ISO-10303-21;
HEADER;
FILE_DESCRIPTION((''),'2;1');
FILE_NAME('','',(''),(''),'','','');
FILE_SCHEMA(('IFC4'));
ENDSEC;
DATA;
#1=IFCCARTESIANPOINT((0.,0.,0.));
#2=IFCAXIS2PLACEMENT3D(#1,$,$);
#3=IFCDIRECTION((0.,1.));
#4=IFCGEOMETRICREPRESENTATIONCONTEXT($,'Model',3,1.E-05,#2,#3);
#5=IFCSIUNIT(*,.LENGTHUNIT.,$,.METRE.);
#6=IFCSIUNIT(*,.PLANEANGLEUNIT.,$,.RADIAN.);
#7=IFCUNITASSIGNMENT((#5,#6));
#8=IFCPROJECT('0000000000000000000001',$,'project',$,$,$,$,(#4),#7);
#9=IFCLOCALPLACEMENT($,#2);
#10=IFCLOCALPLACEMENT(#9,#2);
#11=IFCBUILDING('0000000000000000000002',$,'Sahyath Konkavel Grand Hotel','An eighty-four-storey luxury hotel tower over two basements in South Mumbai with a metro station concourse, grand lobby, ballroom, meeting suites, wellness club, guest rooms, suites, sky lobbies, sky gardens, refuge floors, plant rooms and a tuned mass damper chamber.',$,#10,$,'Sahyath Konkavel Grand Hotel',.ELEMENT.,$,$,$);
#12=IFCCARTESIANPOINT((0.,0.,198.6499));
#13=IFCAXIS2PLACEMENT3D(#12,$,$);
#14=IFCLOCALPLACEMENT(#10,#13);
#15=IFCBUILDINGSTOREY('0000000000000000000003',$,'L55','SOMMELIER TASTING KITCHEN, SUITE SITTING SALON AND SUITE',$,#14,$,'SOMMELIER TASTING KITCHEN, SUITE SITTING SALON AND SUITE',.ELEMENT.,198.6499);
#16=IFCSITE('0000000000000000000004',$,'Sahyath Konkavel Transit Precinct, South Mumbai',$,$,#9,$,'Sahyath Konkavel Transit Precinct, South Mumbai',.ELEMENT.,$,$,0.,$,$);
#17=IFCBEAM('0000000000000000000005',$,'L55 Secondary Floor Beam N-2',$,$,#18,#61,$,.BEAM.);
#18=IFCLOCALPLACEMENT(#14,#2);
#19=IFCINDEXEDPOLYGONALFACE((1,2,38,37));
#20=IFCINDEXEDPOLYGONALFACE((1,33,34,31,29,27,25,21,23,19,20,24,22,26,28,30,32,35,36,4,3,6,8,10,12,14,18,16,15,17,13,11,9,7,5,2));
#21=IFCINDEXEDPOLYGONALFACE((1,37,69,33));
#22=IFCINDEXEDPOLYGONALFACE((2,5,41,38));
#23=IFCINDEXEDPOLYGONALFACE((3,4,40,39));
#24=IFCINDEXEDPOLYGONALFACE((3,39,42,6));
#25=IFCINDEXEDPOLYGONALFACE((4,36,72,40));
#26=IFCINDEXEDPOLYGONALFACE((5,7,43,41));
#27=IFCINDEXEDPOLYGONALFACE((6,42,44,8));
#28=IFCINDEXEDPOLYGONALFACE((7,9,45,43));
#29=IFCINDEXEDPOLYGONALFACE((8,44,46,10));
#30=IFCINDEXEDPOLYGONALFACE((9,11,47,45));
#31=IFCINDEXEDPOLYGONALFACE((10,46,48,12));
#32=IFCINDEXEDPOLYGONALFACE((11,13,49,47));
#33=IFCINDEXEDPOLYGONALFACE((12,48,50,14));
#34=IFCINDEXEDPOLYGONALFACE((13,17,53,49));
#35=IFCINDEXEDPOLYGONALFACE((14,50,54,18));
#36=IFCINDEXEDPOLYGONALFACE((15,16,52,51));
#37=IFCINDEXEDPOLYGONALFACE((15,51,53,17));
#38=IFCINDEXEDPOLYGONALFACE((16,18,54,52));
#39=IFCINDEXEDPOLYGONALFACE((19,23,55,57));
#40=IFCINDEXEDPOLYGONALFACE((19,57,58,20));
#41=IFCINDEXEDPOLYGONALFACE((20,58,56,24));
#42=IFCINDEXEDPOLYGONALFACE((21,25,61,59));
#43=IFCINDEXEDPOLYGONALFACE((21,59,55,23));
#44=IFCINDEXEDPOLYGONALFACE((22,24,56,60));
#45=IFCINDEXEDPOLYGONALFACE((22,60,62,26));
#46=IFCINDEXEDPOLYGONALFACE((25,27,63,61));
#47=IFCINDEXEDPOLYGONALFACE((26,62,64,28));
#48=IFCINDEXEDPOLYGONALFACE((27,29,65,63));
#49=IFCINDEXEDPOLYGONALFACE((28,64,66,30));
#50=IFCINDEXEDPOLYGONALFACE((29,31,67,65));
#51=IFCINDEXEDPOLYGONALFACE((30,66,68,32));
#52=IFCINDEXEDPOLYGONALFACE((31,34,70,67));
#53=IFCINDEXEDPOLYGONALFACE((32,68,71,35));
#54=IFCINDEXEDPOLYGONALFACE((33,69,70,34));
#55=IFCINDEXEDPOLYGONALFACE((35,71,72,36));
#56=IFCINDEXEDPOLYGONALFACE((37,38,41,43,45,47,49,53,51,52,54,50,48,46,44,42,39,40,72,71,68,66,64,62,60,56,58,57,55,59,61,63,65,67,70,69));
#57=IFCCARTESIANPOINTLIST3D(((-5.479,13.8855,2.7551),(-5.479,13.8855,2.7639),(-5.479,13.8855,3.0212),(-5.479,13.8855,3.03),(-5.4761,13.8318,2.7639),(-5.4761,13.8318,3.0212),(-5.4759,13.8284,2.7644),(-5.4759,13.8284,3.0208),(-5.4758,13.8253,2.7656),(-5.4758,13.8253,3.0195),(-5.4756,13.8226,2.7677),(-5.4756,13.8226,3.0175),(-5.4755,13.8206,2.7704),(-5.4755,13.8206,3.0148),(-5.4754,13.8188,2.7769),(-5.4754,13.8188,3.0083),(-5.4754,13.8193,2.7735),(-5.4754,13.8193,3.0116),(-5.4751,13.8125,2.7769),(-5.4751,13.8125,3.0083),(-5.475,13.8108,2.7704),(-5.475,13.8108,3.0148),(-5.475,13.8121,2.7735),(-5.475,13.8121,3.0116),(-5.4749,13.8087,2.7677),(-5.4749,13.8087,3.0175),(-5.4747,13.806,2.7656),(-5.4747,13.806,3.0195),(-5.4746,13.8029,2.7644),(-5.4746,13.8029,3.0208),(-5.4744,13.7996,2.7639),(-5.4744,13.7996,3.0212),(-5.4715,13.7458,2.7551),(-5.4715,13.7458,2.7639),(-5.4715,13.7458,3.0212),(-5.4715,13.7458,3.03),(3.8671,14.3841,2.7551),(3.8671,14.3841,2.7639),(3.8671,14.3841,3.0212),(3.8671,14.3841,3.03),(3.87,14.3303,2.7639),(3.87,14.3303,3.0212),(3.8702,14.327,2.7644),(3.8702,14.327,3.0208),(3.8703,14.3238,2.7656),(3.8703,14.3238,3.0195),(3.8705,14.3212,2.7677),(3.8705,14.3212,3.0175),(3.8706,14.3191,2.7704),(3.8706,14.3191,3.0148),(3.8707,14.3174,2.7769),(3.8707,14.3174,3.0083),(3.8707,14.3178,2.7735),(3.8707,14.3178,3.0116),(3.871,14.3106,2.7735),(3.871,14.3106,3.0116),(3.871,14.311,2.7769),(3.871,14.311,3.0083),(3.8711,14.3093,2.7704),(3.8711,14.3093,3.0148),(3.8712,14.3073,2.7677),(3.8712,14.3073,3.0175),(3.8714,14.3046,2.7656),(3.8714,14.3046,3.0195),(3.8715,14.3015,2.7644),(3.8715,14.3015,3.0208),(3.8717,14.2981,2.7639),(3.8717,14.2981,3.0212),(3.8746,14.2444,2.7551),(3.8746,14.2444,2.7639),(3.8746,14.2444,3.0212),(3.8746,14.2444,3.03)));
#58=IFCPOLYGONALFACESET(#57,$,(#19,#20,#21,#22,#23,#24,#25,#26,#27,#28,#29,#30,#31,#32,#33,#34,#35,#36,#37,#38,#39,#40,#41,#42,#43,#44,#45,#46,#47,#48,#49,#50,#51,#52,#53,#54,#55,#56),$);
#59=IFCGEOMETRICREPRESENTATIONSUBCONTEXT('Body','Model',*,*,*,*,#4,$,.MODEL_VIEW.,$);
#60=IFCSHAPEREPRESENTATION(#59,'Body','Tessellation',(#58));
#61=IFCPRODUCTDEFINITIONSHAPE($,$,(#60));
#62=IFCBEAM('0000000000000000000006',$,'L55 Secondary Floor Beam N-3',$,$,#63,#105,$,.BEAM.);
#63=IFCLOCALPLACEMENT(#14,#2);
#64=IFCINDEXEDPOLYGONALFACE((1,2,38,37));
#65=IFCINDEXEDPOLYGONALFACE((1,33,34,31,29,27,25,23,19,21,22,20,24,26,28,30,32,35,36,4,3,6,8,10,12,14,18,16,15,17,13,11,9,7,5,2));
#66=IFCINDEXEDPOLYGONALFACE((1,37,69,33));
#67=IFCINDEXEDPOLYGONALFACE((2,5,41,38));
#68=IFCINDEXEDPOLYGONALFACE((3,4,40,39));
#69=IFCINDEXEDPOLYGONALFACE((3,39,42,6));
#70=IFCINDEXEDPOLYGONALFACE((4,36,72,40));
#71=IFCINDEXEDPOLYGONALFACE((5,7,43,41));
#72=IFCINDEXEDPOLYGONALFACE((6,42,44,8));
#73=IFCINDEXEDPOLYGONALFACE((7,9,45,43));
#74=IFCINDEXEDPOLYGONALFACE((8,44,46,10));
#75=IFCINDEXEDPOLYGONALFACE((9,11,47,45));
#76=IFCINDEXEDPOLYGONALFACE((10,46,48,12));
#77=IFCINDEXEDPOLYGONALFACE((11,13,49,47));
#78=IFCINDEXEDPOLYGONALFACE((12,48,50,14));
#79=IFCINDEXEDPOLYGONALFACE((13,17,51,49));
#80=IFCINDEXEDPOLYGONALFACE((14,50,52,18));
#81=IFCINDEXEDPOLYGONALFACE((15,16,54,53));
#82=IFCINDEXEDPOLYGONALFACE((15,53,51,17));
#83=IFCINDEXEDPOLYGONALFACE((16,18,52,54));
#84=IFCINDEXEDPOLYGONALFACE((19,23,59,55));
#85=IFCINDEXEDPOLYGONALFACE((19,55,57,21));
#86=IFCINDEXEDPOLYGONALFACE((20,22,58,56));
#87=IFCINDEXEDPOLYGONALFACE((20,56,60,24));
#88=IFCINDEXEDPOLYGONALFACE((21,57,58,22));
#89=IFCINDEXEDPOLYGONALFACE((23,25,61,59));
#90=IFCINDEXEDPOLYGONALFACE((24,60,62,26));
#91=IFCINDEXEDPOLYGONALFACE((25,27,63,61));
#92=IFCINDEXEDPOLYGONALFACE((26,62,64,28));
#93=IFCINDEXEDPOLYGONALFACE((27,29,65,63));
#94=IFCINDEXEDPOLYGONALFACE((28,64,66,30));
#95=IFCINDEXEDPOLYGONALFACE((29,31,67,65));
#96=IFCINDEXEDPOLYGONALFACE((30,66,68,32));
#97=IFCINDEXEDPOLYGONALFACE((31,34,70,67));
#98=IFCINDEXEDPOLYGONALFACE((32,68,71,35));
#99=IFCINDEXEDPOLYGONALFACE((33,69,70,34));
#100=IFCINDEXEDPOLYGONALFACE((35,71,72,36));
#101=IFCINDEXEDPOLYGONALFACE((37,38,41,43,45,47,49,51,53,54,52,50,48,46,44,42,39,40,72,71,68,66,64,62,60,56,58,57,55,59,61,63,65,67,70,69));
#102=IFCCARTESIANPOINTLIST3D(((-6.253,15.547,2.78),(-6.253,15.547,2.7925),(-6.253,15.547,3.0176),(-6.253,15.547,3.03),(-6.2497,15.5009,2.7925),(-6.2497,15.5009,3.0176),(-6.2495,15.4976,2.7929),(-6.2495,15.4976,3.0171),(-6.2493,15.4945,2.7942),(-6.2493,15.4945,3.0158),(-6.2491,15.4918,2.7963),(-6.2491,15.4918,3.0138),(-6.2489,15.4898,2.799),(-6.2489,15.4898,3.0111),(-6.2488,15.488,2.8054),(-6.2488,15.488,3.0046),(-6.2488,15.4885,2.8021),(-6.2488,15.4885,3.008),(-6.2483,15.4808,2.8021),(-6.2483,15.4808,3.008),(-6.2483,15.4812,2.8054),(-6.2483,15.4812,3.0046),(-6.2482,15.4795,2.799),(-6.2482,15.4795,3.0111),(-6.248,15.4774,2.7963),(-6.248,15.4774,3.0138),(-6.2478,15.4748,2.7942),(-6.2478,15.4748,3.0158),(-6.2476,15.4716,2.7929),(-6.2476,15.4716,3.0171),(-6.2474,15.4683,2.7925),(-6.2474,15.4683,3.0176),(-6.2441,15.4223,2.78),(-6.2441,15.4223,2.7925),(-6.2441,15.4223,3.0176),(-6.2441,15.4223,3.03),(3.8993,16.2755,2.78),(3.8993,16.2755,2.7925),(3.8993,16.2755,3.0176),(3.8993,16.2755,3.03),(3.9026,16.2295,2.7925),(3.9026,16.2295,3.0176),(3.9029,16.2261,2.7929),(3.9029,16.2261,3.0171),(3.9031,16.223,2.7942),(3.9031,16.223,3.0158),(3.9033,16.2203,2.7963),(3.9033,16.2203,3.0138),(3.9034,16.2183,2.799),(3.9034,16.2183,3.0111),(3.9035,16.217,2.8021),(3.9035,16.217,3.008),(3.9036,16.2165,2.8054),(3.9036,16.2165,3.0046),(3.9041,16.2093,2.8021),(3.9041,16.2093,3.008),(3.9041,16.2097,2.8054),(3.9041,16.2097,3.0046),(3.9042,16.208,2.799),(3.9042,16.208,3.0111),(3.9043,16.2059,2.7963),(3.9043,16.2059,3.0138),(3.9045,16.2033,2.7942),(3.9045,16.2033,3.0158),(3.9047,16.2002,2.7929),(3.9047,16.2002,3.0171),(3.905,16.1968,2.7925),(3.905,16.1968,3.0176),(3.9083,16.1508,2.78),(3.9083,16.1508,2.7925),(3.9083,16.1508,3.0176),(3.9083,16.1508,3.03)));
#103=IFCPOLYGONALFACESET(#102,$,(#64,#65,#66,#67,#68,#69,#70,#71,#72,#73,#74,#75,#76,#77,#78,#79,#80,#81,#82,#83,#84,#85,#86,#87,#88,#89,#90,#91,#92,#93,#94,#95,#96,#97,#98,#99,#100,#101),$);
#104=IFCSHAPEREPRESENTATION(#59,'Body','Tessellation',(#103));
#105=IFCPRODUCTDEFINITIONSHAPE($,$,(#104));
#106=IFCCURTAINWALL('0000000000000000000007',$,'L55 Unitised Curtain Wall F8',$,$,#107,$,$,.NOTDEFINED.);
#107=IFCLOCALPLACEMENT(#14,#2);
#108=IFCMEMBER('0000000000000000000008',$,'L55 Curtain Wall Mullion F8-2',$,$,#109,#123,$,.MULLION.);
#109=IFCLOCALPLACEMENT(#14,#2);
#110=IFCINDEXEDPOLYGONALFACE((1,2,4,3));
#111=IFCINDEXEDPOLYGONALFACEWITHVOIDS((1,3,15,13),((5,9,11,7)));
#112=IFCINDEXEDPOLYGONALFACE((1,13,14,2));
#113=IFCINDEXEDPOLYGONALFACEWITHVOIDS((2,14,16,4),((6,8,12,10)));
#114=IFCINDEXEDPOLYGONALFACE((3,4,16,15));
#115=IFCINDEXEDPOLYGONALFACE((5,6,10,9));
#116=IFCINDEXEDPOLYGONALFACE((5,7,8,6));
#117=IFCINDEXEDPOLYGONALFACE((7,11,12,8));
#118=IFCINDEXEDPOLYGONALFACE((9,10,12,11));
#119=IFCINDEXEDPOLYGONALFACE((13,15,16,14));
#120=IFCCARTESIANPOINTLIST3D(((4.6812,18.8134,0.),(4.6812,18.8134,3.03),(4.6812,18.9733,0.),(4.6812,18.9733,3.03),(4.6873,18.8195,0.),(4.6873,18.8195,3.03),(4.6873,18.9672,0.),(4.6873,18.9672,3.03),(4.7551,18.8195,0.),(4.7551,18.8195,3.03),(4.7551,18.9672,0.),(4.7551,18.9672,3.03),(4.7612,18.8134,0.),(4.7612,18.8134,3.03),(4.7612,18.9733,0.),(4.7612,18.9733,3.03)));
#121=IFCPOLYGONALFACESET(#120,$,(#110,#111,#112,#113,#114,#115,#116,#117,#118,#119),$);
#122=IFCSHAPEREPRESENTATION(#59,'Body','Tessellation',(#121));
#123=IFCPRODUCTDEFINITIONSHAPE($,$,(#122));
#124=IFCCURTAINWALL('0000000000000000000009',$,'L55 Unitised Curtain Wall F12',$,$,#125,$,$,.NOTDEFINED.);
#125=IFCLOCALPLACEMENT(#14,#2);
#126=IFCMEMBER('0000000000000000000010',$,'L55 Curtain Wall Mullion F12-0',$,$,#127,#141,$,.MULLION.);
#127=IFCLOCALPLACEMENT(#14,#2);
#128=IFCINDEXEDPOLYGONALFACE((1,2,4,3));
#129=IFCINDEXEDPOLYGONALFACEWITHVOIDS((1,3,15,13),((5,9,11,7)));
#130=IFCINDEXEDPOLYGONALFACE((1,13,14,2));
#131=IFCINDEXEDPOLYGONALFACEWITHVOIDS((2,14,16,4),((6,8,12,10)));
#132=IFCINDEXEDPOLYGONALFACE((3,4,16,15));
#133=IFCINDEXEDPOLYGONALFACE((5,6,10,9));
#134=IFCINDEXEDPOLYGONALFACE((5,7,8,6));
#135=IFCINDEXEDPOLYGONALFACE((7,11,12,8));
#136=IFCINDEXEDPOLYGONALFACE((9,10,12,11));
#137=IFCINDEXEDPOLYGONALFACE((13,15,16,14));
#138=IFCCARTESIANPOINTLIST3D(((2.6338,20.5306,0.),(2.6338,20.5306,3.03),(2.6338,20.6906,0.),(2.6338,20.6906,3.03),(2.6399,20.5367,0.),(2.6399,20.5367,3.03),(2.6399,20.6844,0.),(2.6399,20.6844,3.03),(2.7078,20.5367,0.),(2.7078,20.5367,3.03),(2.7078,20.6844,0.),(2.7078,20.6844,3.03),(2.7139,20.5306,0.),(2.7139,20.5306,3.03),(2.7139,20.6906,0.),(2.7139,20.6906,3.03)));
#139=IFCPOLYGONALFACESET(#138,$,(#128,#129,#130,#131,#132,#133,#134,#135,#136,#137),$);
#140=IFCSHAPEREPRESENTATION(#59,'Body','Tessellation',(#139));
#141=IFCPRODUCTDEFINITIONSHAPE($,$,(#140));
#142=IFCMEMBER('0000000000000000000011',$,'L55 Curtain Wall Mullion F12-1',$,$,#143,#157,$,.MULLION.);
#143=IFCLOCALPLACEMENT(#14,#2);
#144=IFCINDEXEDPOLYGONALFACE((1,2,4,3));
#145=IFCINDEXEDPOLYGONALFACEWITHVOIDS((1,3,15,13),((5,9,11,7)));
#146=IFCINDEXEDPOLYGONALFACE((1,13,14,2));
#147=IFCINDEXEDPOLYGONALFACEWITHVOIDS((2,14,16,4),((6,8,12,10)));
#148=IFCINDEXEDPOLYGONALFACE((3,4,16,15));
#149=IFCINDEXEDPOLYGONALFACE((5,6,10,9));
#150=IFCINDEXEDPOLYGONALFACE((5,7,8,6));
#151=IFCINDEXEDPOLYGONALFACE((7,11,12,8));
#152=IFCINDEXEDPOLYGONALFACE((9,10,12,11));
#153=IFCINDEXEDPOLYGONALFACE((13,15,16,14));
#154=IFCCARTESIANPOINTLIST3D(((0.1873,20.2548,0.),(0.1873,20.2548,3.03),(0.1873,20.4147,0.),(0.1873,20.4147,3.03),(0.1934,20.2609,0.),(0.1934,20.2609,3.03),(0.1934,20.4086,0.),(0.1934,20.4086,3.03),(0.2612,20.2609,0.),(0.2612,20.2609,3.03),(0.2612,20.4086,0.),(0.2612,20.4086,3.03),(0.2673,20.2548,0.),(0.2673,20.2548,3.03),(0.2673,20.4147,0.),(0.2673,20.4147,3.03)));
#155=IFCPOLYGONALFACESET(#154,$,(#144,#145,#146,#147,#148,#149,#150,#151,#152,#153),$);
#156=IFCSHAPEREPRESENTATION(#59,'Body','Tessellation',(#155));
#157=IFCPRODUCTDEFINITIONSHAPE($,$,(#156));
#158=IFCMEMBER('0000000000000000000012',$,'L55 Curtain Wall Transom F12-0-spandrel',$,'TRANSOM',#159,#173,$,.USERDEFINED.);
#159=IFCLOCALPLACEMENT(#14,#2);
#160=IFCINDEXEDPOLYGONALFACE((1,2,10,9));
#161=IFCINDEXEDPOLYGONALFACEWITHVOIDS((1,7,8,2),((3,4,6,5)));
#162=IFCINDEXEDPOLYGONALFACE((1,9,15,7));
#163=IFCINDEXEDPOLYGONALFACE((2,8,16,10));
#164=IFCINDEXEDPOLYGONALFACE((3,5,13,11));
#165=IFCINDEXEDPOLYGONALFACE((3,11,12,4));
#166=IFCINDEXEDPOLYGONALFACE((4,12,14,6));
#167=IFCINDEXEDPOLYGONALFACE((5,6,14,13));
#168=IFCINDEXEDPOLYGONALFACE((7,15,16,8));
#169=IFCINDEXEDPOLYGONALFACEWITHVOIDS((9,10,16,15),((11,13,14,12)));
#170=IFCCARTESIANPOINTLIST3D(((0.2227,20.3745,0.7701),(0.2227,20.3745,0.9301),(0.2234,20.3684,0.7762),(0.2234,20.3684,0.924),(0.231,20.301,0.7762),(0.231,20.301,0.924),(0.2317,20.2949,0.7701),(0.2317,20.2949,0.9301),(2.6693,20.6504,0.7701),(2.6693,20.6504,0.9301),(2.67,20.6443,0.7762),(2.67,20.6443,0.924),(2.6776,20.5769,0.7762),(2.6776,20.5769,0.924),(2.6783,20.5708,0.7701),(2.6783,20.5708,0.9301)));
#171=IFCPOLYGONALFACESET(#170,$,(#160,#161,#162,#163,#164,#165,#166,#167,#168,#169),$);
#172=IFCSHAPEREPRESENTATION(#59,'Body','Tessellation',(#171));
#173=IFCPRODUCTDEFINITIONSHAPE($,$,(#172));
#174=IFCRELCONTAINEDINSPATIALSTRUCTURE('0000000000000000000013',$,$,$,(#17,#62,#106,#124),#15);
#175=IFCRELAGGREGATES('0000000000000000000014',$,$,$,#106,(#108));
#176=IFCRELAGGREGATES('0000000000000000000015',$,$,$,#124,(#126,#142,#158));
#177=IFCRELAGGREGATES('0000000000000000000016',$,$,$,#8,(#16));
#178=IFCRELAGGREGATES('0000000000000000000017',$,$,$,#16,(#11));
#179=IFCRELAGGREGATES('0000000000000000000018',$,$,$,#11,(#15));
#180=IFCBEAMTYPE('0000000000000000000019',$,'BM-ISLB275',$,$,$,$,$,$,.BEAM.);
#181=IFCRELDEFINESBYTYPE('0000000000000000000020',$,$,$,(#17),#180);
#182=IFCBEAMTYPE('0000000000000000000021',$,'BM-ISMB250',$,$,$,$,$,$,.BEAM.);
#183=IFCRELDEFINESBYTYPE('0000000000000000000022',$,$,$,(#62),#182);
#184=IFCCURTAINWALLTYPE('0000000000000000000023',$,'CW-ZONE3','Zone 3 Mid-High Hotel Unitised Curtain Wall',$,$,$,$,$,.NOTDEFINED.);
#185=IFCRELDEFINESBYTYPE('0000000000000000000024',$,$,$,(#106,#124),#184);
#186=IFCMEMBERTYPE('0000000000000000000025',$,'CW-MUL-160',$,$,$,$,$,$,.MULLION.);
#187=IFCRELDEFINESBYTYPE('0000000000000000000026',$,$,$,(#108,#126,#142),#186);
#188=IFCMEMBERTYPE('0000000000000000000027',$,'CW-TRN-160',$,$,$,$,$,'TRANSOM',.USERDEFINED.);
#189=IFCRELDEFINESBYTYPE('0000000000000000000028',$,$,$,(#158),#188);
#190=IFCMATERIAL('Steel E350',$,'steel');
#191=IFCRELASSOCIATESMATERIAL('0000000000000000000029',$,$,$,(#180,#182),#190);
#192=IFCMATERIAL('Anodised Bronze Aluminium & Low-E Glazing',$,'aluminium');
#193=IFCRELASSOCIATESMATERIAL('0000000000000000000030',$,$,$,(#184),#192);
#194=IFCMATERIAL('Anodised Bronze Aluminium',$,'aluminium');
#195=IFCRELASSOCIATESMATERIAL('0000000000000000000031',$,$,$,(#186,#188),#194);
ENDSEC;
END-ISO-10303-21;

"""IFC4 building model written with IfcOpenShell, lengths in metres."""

from ifc_helpers import new_model, si_unit, direction, frame, origin, origin_2d, place, context, subcontext, project, spatial, hollow_rectangle, i_section, extrude, source, transform, mapped, material, material_profile, profile_set, type_object, element, aggregate, save


model = new_model("IFC4")

# Units and contexts
model_context = context("Model", 3, precision=1e-05, world=origin(), true_north=direction((0.0, 1.0)))
body_context = subcontext(model_context, "Body", "Model", "MODEL_VIEW")
ifc_project = project(units=[si_unit("LENGTHUNIT", "METRE"), si_unit("PLANEANGLEUNIT", "RADIAN")], contexts=[model_context])

# Site, building, storey
site_placement = place(None, origin())
site = spatial("IfcSite", under=ifc_project, at=site_placement, Name="Sahyath Konkavel Transit Precinct, South Mumbai", LongName="Sahyath Konkavel Transit Precinct, South Mumbai", CompositionType="ELEMENT", RefElevation=0.0)
building_placement = place(site_placement, origin())
building = spatial("IfcBuilding", under=site, at=building_placement, Name="Sahyath Konkavel Grand Hotel", Description="An eighty-four-storey luxury hotel tower over two basements in South Mumbai with a metro station concourse, grand lobby, ballroom, meeting suites, wellness club, guest rooms, suites, sky lobbies, sky gardens, refuge floors, plant rooms and a tuned mass damper chamber.", LongName="Sahyath Konkavel Grand Hotel", CompositionType="ELEMENT")
storey_placement = place(building_placement, frame((0.0, 0.0, 198.6499)))
storey = spatial("IfcBuildingStorey", under=building, at=storey_placement, Name="L55", Description="SOMMELIER TASTING KITCHEN, SUITE SITTING SALON AND SUITE", LongName="SOMMELIER TASTING KITCHEN, SUITE SITTING SALON AND SUITE", CompositionType="ELEMENT", Elevation=198.6499)

# Beams
ifc_material_1 = material(Name="Steel E350", Category="steel")
ifc_material_profile_1 = material_profile(ifc_material_1, i_section(OverallWidth=0.1399, OverallDepth=0.2749, WebThickness=0.0063, FlangeThickness=0.0088, FilletRadius=0.0129, at=origin_2d()), Name="ISLB 275")
ifc_profile_set_1 = profile_set([ifc_material_profile_1], Name="Steel E350")
beam_type_1 = type_object("IfcBeamType", Name="BM-ISLB275", PredefinedType="BEAM", material=ifc_profile_set_1)
shared_shape_1 = source(origin(), body_context, "Body", "SweptSolid", [
    extrude(i_section(OverallWidth=0.1399, OverallDepth=0.2749, WebThickness=0.0063, FlangeThickness=0.0088, FilletRadius=0.0129, at=origin_2d()), origin(), (0.0, 0.0, 1.0), 9.3594),
])
beam_1_placement = place(storey_placement, frame((3.8708, 14.3142, 2.8926), z_axis=(-0.99858, -0.053265, 0.0), x_axis=(0.053265, -0.99858, 0.0)))
element("IfcBeam", 1, at=beam_1_placement, inside=storey, type_object=beam_type_1, Name="L55 Secondary Floor Beam N-2", PredefinedType="BEAM", context=body_context, shape_type="MappedRepresentation", body=[
    mapped(shared_shape_1, transform((0.0, 0.0, 0.0), scale=1.0)),
])
ifc_material_profile_2 = material_profile(ifc_material_1, i_section(OverallWidth=0.125, OverallDepth=0.25, WebThickness=0.0068, FlangeThickness=0.0125, FilletRadius=0.0129, at=origin_2d()), Name="ISMB 250")
ifc_profile_set_2 = profile_set([ifc_material_profile_2], Name="Steel E350")
beam_type_2 = type_object("IfcBeamType", Name="BM-ISMB250", PredefinedType="BEAM", material=ifc_profile_set_2)
shared_shape_2 = source(origin(), body_context, "Body", "SweptSolid", [
    extrude(i_section(OverallWidth=0.125, OverallDepth=0.25, WebThickness=0.0068, FlangeThickness=0.0125, FilletRadius=0.0129, at=origin_2d()), origin(), (0.0, 0.0, 1.0), 10.1785),
])
beam_2_placement = place(storey_placement, frame((3.9038, 16.2131, 2.905), z_axis=(-0.997435, -0.071574, 0.0), x_axis=(0.071574, -0.997435, 0.0)))
element("IfcBeam", 2, at=beam_2_placement, inside=storey, type_object=beam_type_2, Name="L55 Secondary Floor Beam N-3", PredefinedType="BEAM", context=body_context, shape_type="MappedRepresentation", body=[
    mapped(shared_shape_2, transform((0.0, 0.0, 0.0), scale=1.0)),
])

# Curtain wall, member
ifc_material_2 = material(Name="Anodised Bronze Aluminium & Low-E Glazing", Category="aluminium")
curtain_wall_type = type_object("IfcCurtainWallType", Name="CW-ZONE3", Description="Zone 3 Mid-High Hotel Unitised Curtain Wall", PredefinedType="NOTDEFINED", material=ifc_material_2)
curtain_wall_1_placement = place(storey_placement, origin())
curtain_wall_1 = element("IfcCurtainWall", 3, at=curtain_wall_1_placement, inside=storey, type_object=curtain_wall_type, Name="L55 Unitised Curtain Wall F8", PredefinedType="NOTDEFINED")
ifc_material_3 = material(Name="Anodised Bronze Aluminium", Category="aluminium")
ifc_material_profile_3 = material_profile(ifc_material_3, hollow_rectangle(XDim=0.0801, YDim=0.1599, WallThickness=0.0061, at=origin_2d()), Name="RHS 160x80x6")
ifc_profile_set_3 = profile_set([ifc_material_profile_3], Name="Anodised Bronze Aluminium")
member_type_1 = type_object("IfcMemberType", Name="CW-MUL-160", PredefinedType="MULLION", material=ifc_profile_set_3)
shared_shape_3 = source(origin(), body_context, "Body", "SweptSolid", [
    extrude(hollow_rectangle(XDim=0.0801, YDim=0.1599, WallThickness=0.0061, at=origin_2d()), origin(), (0.0, 0.0, 1.0), 3.03),
])
member_1_placement = place(storey_placement, frame((4.7212, 18.8933, 0.0), z_axis=(0.0, 0.0, 1.0), x_axis=(1.0, 0.0, 0.0)))
member_1 = element("IfcMember", 4, at=member_1_placement, type_object=member_type_1, Name="L55 Curtain Wall Mullion F8-2", PredefinedType="MULLION", context=body_context, shape_type="MappedRepresentation", body=[
    mapped(shared_shape_3, transform((0.0, 0.0, 0.0), scale=1.0)),
])
aggregate(curtain_wall_1, [member_1])

# Curtain wall, members
curtain_wall_2_placement = place(storey_placement, origin())
curtain_wall_2 = element("IfcCurtainWall", 5, at=curtain_wall_2_placement, inside=storey, type_object=curtain_wall_type, Name="L55 Unitised Curtain Wall F12", PredefinedType="NOTDEFINED")
member_2_placement = place(storey_placement, frame((2.6738, 20.6106, 0.0), z_axis=(0.0, 0.0, 1.0), x_axis=(1.0, 0.0, 0.0)))
member_2 = element("IfcMember", 6, at=member_2_placement, type_object=member_type_1, Name="L55 Curtain Wall Mullion F12-0", PredefinedType="MULLION", context=body_context, shape_type="MappedRepresentation", body=[
    mapped(shared_shape_3, transform((0.0, 0.0, 0.0), scale=1.0)),
])
member_3_placement = place(storey_placement, frame((0.2273, 20.3347, 0.0), z_axis=(0.0, 0.0, 1.0), x_axis=(1.0, 0.0, 0.0)))
member_3 = element("IfcMember", 7, at=member_3_placement, type_object=member_type_1, Name="L55 Curtain Wall Mullion F12-1", PredefinedType="MULLION", context=body_context, shape_type="MappedRepresentation", body=[
    mapped(shared_shape_3, transform((0.0, 0.0, 0.0), scale=1.0)),
])
ifc_material_profile_4 = material_profile(ifc_material_3, hollow_rectangle(XDim=0.0801, YDim=0.1599, WallThickness=0.0061, at=origin_2d()), Name="RHS 160x80x6")
ifc_profile_set_4 = profile_set([ifc_material_profile_4], Name="Anodised Bronze Aluminium")
member_type_2 = type_object("IfcMemberType", Name="CW-TRN-160", ElementType="TRANSOM", PredefinedType="USERDEFINED", material=ifc_profile_set_4)
shared_shape_4 = source(origin(), body_context, "Body", "SweptSolid", [
    extrude(hollow_rectangle(XDim=0.0801, YDim=0.1599, WallThickness=0.0061, at=origin_2d()), origin(), (0.0, 0.0, 1.0), 2.4622),
])
member_4_placement = place(storey_placement, frame((2.6738, 20.6106, 0.8501), z_axis=(-0.993702, -0.112053, 0.0), x_axis=(0.112053, -0.993702, 0.0)))
member_4 = element("IfcMember", 8, at=member_4_placement, type_object=member_type_2, Name="L55 Curtain Wall Transom F12-0-spandrel", ObjectType="TRANSOM", PredefinedType="USERDEFINED", context=body_context, shape_type="MappedRepresentation", body=[
    mapped(shared_shape_4, transform((0.0, 0.0, 0.0), scale=1.0)),
])
aggregate(curtain_wall_2, [member_2, member_3, member_4])

save(model, "model.ifc")
